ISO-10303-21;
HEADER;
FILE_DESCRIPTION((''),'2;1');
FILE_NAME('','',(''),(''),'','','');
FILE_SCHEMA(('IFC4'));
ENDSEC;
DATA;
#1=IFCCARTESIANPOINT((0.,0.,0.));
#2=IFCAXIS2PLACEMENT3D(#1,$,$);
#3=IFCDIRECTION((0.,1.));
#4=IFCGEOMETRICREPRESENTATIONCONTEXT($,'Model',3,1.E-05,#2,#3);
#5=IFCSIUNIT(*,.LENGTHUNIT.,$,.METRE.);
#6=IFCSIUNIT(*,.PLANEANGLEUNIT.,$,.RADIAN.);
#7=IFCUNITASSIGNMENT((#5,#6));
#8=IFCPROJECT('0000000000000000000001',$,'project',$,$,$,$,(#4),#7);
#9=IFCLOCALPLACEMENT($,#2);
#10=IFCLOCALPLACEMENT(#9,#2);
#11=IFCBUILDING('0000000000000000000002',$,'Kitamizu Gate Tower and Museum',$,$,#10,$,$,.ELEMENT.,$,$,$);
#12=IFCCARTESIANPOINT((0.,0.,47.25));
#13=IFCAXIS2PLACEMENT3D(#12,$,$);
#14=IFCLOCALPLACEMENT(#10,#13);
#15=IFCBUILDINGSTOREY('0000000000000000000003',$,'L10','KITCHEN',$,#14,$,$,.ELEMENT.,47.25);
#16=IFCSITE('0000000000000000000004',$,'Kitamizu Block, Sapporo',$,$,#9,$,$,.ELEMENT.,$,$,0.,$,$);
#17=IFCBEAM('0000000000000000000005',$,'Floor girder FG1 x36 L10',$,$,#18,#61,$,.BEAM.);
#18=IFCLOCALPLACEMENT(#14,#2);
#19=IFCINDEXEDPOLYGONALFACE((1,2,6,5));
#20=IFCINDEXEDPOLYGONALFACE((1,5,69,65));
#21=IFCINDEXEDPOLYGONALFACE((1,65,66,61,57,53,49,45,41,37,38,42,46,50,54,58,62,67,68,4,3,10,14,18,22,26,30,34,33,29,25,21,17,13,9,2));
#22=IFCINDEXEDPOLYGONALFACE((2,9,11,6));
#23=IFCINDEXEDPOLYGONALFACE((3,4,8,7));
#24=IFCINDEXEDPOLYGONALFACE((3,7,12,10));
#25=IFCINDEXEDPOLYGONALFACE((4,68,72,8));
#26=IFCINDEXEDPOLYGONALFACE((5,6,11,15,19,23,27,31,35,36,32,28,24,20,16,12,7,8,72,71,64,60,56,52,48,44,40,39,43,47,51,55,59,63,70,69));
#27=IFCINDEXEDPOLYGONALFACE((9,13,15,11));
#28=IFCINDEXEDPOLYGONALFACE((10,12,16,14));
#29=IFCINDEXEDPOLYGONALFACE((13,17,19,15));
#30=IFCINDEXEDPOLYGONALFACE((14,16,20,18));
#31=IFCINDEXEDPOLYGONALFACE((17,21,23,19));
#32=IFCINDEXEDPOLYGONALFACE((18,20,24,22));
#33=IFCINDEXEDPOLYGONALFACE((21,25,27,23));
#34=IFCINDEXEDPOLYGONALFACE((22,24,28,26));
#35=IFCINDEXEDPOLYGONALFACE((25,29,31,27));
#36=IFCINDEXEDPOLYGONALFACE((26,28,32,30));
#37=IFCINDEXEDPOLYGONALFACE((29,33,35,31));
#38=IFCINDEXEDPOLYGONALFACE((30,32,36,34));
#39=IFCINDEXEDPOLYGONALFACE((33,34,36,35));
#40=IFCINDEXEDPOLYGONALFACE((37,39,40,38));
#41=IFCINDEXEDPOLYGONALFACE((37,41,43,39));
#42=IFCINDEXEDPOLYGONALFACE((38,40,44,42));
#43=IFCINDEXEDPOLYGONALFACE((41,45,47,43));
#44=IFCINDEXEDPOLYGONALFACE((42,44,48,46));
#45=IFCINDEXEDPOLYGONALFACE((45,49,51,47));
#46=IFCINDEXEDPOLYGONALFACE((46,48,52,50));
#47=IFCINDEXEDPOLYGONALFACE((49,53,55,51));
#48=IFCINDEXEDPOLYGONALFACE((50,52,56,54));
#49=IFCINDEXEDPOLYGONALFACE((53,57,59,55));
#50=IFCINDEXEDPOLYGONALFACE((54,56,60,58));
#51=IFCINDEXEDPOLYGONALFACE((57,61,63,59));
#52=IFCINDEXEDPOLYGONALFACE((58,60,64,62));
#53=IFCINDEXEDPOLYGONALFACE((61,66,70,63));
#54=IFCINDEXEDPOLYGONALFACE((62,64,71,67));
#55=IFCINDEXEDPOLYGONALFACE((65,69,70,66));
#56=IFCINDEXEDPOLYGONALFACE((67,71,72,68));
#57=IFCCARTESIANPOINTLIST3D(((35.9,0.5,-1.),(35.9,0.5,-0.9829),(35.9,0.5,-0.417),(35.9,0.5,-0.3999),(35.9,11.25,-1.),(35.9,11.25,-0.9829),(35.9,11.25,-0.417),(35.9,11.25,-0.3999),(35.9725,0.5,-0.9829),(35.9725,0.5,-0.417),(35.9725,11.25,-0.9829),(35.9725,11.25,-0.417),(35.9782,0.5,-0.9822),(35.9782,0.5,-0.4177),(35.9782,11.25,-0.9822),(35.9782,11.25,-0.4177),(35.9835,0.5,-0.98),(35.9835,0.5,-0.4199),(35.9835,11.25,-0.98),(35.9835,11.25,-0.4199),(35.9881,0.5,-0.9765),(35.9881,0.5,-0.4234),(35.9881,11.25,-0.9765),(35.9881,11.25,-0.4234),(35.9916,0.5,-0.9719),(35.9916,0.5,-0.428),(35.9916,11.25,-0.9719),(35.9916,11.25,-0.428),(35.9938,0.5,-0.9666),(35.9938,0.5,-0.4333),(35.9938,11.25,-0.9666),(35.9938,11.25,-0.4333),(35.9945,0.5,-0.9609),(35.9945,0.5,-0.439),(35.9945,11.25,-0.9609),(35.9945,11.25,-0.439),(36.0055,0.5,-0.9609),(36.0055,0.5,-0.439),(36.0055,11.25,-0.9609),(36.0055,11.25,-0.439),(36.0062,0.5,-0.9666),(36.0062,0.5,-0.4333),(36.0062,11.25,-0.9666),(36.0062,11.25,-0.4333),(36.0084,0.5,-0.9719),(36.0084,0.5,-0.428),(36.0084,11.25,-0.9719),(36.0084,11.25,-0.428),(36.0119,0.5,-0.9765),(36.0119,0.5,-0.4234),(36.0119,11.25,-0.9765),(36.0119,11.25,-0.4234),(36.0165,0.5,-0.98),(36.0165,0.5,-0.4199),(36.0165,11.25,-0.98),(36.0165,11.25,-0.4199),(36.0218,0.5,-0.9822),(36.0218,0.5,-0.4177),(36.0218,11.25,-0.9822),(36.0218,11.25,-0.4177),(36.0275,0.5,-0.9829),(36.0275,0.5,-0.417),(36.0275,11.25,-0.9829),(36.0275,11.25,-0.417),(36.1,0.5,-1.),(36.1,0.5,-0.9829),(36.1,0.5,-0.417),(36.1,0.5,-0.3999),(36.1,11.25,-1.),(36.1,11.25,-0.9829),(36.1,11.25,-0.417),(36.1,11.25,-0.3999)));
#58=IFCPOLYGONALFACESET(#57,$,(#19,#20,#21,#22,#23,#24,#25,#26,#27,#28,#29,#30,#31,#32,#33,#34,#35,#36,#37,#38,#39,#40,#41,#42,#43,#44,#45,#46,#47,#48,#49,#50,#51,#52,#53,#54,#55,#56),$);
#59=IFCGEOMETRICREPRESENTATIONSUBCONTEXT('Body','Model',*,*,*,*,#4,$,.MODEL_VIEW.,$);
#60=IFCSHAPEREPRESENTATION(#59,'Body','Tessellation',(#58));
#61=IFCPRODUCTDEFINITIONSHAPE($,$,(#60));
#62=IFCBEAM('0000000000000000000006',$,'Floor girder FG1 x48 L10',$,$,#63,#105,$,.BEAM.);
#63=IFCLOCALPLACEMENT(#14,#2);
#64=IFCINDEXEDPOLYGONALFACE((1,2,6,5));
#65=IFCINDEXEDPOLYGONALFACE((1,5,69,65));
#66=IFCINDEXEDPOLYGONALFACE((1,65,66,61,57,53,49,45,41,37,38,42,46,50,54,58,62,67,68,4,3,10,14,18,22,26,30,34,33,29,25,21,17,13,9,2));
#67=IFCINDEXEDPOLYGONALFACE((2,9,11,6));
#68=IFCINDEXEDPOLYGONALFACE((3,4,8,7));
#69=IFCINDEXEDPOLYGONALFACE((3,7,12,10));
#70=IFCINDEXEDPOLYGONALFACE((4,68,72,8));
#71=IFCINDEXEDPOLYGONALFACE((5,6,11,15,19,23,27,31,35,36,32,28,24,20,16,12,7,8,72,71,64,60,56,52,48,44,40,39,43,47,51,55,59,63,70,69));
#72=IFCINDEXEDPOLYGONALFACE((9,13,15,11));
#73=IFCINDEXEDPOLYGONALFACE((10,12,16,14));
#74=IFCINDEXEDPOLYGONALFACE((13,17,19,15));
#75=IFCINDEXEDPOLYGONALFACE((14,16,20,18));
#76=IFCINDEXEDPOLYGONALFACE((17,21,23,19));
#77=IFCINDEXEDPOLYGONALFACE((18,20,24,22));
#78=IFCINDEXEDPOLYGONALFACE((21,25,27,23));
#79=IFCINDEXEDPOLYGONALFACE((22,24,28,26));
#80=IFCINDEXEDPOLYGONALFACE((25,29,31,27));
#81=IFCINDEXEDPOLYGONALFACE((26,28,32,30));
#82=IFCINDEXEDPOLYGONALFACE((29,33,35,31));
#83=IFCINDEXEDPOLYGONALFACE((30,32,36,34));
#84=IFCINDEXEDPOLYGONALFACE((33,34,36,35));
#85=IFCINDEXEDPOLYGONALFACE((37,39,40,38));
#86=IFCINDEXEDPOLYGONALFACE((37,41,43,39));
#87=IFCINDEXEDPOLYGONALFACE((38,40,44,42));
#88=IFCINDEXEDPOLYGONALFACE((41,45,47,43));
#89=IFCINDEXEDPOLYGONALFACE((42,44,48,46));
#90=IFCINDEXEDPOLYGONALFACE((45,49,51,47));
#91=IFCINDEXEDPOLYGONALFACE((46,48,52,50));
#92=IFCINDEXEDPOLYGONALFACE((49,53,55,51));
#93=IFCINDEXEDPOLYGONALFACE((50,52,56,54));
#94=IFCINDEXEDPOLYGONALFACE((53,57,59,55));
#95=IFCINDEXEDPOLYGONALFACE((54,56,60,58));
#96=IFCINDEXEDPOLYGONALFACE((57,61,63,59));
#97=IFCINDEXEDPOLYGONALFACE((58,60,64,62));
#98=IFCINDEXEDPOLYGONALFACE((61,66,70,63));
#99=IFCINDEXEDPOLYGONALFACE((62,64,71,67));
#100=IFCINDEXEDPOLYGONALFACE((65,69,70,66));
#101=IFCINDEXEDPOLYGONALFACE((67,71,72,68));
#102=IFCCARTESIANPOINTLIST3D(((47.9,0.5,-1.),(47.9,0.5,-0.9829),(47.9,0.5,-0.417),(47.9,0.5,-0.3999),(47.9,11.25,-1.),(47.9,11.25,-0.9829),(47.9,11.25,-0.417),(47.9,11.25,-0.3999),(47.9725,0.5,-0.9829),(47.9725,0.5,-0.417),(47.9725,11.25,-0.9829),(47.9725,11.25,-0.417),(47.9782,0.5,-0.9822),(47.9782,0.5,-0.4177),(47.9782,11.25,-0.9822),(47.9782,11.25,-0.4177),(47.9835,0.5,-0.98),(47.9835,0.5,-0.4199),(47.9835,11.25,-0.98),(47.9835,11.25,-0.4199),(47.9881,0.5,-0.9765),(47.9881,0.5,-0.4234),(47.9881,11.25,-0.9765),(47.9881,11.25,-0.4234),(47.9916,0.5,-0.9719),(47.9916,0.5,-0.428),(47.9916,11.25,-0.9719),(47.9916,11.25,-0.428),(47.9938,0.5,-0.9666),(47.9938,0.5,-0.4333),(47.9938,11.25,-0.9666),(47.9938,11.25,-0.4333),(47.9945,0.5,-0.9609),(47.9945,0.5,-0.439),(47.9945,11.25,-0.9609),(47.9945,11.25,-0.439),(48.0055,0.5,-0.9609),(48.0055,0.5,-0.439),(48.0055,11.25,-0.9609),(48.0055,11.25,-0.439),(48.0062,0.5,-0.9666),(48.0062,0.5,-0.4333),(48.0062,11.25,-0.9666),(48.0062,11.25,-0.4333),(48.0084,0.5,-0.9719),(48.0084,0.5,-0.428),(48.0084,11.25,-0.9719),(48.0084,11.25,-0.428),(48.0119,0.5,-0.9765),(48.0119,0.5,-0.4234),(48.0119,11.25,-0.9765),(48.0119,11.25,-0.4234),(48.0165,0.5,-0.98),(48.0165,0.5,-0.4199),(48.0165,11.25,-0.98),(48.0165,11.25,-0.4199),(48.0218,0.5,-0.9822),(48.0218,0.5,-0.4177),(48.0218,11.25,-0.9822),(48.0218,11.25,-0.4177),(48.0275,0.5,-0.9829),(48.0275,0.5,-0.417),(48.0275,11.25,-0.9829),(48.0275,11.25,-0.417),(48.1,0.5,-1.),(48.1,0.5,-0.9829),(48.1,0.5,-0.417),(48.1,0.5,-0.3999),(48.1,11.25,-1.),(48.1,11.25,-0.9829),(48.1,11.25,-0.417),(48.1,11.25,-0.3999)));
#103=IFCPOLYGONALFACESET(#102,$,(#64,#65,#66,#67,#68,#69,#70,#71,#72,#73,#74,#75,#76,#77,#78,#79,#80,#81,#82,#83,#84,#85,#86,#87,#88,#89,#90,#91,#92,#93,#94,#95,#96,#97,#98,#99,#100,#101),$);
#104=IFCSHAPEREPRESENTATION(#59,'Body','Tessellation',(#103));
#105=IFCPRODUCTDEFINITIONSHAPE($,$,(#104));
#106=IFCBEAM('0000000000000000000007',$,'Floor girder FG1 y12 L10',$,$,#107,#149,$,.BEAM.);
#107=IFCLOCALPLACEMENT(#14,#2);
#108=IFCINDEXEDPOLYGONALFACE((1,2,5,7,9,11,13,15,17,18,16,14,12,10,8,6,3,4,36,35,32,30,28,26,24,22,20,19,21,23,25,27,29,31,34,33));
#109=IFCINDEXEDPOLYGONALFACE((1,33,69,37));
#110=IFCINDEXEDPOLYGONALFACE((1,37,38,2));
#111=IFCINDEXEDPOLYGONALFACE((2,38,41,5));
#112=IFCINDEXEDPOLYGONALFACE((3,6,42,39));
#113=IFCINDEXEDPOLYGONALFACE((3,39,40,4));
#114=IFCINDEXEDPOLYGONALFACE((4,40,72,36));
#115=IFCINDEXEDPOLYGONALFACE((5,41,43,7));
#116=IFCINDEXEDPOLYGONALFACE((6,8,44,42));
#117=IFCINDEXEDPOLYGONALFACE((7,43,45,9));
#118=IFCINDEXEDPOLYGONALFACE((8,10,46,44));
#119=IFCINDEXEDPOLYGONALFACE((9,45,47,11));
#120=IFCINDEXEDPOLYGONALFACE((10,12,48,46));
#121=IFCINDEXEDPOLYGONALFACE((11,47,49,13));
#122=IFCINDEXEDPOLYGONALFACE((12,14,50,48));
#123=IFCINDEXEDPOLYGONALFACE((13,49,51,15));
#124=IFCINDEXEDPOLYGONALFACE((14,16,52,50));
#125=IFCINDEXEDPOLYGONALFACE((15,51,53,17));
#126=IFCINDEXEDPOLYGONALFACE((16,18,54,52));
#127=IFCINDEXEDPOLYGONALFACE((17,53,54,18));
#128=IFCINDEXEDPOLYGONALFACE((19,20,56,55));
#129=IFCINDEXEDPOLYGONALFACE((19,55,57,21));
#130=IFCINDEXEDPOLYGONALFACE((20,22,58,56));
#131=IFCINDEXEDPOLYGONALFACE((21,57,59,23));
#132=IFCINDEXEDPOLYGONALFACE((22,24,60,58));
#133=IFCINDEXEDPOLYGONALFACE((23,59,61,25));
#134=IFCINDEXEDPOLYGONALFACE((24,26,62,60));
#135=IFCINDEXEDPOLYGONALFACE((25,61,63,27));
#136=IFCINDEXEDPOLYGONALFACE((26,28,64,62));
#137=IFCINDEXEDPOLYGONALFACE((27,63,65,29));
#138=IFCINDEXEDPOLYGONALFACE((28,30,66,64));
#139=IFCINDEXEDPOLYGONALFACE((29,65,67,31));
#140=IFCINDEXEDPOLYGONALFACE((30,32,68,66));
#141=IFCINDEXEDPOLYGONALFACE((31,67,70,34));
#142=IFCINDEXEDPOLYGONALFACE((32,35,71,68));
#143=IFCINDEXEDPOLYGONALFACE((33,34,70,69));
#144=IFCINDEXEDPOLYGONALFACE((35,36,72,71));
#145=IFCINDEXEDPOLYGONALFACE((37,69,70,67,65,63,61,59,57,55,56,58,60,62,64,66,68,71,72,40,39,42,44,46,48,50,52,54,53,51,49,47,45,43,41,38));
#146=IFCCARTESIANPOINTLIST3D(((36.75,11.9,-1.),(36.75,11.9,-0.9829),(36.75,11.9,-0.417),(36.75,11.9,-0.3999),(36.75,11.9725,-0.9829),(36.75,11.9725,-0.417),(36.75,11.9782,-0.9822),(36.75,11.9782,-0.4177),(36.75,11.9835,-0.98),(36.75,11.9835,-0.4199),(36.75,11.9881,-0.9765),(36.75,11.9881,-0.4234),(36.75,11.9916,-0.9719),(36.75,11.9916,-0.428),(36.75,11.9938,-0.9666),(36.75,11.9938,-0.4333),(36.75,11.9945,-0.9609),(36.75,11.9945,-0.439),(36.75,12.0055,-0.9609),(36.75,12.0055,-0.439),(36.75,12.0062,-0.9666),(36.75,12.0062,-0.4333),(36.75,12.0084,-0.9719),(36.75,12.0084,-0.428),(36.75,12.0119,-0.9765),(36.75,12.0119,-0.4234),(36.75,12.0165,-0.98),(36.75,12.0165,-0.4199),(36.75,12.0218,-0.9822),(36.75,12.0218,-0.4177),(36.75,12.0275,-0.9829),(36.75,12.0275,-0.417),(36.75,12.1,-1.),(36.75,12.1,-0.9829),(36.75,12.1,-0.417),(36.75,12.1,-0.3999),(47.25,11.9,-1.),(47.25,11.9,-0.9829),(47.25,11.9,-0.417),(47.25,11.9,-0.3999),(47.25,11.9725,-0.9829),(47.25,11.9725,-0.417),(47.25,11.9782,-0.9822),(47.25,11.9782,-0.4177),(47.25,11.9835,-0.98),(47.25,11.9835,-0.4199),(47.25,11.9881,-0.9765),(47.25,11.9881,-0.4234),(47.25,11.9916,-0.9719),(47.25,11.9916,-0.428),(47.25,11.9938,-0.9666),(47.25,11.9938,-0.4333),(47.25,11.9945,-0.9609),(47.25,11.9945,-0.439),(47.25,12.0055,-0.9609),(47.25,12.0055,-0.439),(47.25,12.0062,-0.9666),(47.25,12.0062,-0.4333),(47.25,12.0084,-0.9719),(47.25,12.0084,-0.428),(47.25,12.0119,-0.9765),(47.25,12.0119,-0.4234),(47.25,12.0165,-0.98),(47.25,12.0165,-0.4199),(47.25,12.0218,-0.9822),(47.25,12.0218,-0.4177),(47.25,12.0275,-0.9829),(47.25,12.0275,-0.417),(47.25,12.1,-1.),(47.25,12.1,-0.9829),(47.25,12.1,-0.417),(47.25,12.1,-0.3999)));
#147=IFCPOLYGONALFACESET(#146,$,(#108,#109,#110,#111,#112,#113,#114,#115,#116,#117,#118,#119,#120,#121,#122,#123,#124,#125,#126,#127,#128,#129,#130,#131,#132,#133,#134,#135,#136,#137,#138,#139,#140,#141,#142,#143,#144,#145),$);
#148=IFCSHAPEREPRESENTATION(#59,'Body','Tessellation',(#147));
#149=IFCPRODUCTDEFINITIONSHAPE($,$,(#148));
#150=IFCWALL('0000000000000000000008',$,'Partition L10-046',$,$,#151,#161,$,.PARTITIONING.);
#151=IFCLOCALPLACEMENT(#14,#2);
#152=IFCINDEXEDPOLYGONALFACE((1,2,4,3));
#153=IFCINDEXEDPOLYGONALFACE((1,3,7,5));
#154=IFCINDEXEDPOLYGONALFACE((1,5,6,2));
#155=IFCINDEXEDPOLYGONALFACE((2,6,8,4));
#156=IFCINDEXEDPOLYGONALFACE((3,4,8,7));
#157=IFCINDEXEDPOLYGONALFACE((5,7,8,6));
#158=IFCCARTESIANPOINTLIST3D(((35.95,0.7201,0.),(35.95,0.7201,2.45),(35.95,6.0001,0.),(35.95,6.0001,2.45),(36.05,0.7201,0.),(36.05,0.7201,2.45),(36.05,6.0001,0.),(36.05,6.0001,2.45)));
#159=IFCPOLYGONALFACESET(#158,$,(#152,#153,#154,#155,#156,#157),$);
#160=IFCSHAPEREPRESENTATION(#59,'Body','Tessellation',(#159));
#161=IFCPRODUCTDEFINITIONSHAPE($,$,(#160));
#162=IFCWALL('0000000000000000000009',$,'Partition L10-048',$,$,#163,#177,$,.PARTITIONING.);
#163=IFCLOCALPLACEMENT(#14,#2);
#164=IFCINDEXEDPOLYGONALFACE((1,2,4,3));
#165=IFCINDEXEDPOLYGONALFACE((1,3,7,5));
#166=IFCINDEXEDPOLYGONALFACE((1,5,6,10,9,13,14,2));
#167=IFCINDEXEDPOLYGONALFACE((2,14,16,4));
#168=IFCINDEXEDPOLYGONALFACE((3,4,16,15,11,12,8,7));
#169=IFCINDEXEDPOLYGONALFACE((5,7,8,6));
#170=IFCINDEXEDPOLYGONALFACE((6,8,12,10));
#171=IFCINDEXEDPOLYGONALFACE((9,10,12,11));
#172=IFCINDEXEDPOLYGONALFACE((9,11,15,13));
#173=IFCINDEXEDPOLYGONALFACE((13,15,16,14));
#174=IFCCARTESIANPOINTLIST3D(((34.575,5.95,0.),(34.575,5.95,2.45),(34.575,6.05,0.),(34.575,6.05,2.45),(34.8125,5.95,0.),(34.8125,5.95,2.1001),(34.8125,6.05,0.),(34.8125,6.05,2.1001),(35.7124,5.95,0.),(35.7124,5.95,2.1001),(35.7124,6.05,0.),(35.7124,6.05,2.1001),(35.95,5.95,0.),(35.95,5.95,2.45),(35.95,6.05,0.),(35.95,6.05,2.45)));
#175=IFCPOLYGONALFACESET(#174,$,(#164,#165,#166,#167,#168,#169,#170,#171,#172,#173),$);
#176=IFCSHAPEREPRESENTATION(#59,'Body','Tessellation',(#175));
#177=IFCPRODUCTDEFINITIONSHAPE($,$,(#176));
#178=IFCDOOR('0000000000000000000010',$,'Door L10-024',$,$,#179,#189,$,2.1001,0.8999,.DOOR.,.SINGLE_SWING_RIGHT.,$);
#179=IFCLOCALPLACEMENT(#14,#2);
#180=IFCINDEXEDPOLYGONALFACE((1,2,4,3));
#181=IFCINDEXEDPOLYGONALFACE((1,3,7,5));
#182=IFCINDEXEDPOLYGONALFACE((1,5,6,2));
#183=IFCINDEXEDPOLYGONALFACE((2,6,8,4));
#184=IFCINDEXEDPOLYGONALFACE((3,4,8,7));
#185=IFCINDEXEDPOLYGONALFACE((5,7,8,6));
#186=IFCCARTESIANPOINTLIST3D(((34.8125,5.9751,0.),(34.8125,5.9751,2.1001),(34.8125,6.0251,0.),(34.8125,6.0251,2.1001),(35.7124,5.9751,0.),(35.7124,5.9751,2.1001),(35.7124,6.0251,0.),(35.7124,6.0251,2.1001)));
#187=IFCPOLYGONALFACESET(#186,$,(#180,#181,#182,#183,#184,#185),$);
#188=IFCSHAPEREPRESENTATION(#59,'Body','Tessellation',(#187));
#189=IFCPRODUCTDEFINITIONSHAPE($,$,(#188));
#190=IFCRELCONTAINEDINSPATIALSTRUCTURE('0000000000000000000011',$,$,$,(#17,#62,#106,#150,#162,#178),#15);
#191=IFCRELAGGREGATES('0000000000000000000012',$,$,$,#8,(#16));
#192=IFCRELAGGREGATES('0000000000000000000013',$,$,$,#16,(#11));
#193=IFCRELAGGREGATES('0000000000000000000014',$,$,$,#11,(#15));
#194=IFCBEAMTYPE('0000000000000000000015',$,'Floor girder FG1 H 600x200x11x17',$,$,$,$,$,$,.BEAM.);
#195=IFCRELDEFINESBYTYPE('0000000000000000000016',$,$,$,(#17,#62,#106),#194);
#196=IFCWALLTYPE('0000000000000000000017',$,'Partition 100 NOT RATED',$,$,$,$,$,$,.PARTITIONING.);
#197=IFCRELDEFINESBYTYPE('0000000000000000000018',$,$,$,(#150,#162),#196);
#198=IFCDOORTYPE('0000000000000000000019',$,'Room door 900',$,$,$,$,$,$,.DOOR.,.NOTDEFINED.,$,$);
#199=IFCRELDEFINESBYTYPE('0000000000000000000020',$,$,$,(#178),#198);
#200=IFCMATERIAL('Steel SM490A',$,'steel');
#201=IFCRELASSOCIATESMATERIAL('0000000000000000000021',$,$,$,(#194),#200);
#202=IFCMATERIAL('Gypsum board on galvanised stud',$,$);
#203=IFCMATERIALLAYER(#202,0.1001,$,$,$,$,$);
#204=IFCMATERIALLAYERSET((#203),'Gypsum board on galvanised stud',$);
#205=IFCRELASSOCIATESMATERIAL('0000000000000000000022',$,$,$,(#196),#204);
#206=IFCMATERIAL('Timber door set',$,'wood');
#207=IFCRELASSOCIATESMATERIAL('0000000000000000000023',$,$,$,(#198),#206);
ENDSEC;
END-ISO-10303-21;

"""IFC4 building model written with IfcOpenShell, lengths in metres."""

from ifc_helpers import new_model, si_unit, direction, frame, frame_2d, origin, origin_2d, place, context, subcontext, project, spatial, rectangle, i_section, extrude, material, layer, layer_set, material_profile, profile_set, type_object, element, fill, save


model = new_model("IFC4")

# Units and contexts
model_context = context("Model", 3, precision=1e-05, world=origin(), true_north=direction((0.0, 1.0)))
body_context = subcontext(model_context, "Body", "Model", "MODEL_VIEW")
ifc_project = project(units=[si_unit("LENGTHUNIT", "METRE"), si_unit("PLANEANGLEUNIT", "RADIAN")], contexts=[model_context])

# Site, building, storey
site_placement = place(None, origin())
site = spatial("IfcSite", under=ifc_project, at=site_placement, Name="Kitamizu Block, Sapporo", CompositionType="ELEMENT", RefElevation=0.0)
building_placement = place(site_placement, origin())
building = spatial("IfcBuilding", under=site, at=building_placement, Name="Kitamizu Gate Tower and Museum", CompositionType="ELEMENT")
storey_placement = place(building_placement, frame((0.0, 0.0, 47.25)))
storey = spatial("IfcBuildingStorey", under=building, at=storey_placement, Name="L10", Description="KITCHEN", CompositionType="ELEMENT", Elevation=47.25)

# Beams
ifc_material_1 = material(Name="Steel SM490A", Category="steel")
ifc_material_profile_1 = material_profile(ifc_material_1, i_section(OverallWidth=0.2, OverallDepth=0.6001, WebThickness=0.011, FlangeThickness=0.0171, FilletRadius=0.022, at=origin_2d()), Name="H-600x200x11x17")
ifc_profile_set_1 = profile_set([ifc_material_profile_1], Name="Steel SM490A")
beam_type_1 = type_object("IfcBeamType", Name="Floor girder FG1 H 600x200x11x17", PredefinedType="BEAM", material=ifc_profile_set_1)
for number, where, z_axis, x_axis, name in (
    (1, (36.0, 0.5, -0.7), (0.0, 1.0, 0.0), (-1.0, 0.0, 0.0), "Floor girder FG1 x36 L10"),
    (2, (48.0, 0.5, -0.7), (0.0, 1.0, 0.0), (-1.0, 0.0, 0.0), "Floor girder FG1 x48 L10"),
):
    element("IfcBeam", number, at=place(storey_placement, frame(where, z_axis=z_axis, x_axis=x_axis)), inside=storey, type_object=beam_type_1, Name=name, PredefinedType="BEAM", context=body_context, shape_type="SweptSolid", body=[
        extrude(i_section(OverallWidth=0.2, OverallDepth=0.6001, WebThickness=0.011, FlangeThickness=0.0171, FilletRadius=0.022, at=origin_2d()), origin(), (0.0, 0.0, 1.0), 10.75),
    ])
beam_placement = place(storey_placement, frame((36.75, 12.0, -0.7), z_axis=(1.0, 0.0, 0.0), x_axis=(0.0, 1.0, 0.0)))
element("IfcBeam", 3, at=beam_placement, inside=storey, type_object=beam_type_1, Name="Floor girder FG1 y12 L10", PredefinedType="BEAM", context=body_context, shape_type="SweptSolid", body=[
    extrude(i_section(OverallWidth=0.2, OverallDepth=0.6001, WebThickness=0.011, FlangeThickness=0.0171, FilletRadius=0.022, at=origin_2d()), origin(), (0.0, 0.0, 1.0), 10.5),
])

# Wall
ifc_material_2 = material(Name="Gypsum board on galvanised stud")
ifc_layer = layer(ifc_material_2, 0.1001)
ifc_layer_set = layer_set([ifc_layer], Name="Gypsum board on galvanised stud")
wall_type = type_object("IfcWallType", Name="Partition 100 NOT RATED", PredefinedType="PARTITIONING", material=ifc_layer_set)
wall_1_placement = place(storey_placement, frame((36.0, 0.72, 0.0), z_axis=(0.0, 0.0, 1.0), x_axis=(0.0, 1.0, 0.0)))
element("IfcWall", 4, at=wall_1_placement, inside=storey, type_object=wall_type, Name="Partition L10-046", PredefinedType="PARTITIONING", context=body_context, shape_type="SweptSolid", body=[
    extrude(rectangle(XDim=5.28, YDim=0.1001, at=frame_2d((2.6401, 0.0))), origin(), (0.0, 0.0, 1.0), 2.45),
])

# Wall, opening, door
wall_2_placement = place(storey_placement, frame((35.95, 6.0, 0.0), z_axis=(0.0, 0.0, 1.0), x_axis=(-1.0, 0.0, 0.0)))
wall_2 = element("IfcWall", 5, at=wall_2_placement, inside=storey, type_object=wall_type, Name="Partition L10-048", PredefinedType="PARTITIONING", context=body_context, shape_type="SweptSolid", body=[
    extrude(rectangle(XDim=1.375, YDim=0.1001, at=frame_2d((0.6875, 0.0))), origin(), (0.0, 0.0, 1.0), 2.45),
])
opening_1_placement = place(wall_2_placement, frame((0.2375, 0.0, 0.0)))
opening_1 = element("IfcOpeningElement", 6, at=opening_1_placement, cuts=wall_2, PredefinedType="OPENING", context=body_context, shape_type="SweptSolid", body=[
    extrude(rectangle(XDim=0.8999, YDim=2.1001, at=frame_2d((0.45, 1.05))), frame((0.0, 0.0601, 0.0), z_axis=(0.0, -1.0, 0.0), x_axis=(1.0, 0.0, 0.0)), (0.0, 0.0, 1.0), 0.1201),
])
ifc_material_3 = material(Name="Timber door set", Category="wood")
door_type = type_object("IfcDoorType", Name="Room door 900", OperationType="NOTDEFINED", PredefinedType="DOOR", material=ifc_material_3)
door_1_placement = place(opening_1_placement, origin())
door_1 = element("IfcDoor", 7, at=door_1_placement, inside=storey, type_object=door_type, Name="Door L10-024", OperationType="SINGLE_SWING_RIGHT", OverallHeight=2.1001, OverallWidth=0.8999, PredefinedType="DOOR", context=body_context, shape_type="SweptSolid", body=[
    extrude(rectangle(XDim=0.8999, YDim=2.1001, at=frame_2d((0.45, 1.05))), frame((0.0, 0.0249, 0.0), z_axis=(0.0, -1.0, 0.0), x_axis=(1.0, 0.0, 0.0)), (0.0, 0.0, 1.0), 0.05),
])
fill(opening_1, door_1)

save(model, "model.ifc")
